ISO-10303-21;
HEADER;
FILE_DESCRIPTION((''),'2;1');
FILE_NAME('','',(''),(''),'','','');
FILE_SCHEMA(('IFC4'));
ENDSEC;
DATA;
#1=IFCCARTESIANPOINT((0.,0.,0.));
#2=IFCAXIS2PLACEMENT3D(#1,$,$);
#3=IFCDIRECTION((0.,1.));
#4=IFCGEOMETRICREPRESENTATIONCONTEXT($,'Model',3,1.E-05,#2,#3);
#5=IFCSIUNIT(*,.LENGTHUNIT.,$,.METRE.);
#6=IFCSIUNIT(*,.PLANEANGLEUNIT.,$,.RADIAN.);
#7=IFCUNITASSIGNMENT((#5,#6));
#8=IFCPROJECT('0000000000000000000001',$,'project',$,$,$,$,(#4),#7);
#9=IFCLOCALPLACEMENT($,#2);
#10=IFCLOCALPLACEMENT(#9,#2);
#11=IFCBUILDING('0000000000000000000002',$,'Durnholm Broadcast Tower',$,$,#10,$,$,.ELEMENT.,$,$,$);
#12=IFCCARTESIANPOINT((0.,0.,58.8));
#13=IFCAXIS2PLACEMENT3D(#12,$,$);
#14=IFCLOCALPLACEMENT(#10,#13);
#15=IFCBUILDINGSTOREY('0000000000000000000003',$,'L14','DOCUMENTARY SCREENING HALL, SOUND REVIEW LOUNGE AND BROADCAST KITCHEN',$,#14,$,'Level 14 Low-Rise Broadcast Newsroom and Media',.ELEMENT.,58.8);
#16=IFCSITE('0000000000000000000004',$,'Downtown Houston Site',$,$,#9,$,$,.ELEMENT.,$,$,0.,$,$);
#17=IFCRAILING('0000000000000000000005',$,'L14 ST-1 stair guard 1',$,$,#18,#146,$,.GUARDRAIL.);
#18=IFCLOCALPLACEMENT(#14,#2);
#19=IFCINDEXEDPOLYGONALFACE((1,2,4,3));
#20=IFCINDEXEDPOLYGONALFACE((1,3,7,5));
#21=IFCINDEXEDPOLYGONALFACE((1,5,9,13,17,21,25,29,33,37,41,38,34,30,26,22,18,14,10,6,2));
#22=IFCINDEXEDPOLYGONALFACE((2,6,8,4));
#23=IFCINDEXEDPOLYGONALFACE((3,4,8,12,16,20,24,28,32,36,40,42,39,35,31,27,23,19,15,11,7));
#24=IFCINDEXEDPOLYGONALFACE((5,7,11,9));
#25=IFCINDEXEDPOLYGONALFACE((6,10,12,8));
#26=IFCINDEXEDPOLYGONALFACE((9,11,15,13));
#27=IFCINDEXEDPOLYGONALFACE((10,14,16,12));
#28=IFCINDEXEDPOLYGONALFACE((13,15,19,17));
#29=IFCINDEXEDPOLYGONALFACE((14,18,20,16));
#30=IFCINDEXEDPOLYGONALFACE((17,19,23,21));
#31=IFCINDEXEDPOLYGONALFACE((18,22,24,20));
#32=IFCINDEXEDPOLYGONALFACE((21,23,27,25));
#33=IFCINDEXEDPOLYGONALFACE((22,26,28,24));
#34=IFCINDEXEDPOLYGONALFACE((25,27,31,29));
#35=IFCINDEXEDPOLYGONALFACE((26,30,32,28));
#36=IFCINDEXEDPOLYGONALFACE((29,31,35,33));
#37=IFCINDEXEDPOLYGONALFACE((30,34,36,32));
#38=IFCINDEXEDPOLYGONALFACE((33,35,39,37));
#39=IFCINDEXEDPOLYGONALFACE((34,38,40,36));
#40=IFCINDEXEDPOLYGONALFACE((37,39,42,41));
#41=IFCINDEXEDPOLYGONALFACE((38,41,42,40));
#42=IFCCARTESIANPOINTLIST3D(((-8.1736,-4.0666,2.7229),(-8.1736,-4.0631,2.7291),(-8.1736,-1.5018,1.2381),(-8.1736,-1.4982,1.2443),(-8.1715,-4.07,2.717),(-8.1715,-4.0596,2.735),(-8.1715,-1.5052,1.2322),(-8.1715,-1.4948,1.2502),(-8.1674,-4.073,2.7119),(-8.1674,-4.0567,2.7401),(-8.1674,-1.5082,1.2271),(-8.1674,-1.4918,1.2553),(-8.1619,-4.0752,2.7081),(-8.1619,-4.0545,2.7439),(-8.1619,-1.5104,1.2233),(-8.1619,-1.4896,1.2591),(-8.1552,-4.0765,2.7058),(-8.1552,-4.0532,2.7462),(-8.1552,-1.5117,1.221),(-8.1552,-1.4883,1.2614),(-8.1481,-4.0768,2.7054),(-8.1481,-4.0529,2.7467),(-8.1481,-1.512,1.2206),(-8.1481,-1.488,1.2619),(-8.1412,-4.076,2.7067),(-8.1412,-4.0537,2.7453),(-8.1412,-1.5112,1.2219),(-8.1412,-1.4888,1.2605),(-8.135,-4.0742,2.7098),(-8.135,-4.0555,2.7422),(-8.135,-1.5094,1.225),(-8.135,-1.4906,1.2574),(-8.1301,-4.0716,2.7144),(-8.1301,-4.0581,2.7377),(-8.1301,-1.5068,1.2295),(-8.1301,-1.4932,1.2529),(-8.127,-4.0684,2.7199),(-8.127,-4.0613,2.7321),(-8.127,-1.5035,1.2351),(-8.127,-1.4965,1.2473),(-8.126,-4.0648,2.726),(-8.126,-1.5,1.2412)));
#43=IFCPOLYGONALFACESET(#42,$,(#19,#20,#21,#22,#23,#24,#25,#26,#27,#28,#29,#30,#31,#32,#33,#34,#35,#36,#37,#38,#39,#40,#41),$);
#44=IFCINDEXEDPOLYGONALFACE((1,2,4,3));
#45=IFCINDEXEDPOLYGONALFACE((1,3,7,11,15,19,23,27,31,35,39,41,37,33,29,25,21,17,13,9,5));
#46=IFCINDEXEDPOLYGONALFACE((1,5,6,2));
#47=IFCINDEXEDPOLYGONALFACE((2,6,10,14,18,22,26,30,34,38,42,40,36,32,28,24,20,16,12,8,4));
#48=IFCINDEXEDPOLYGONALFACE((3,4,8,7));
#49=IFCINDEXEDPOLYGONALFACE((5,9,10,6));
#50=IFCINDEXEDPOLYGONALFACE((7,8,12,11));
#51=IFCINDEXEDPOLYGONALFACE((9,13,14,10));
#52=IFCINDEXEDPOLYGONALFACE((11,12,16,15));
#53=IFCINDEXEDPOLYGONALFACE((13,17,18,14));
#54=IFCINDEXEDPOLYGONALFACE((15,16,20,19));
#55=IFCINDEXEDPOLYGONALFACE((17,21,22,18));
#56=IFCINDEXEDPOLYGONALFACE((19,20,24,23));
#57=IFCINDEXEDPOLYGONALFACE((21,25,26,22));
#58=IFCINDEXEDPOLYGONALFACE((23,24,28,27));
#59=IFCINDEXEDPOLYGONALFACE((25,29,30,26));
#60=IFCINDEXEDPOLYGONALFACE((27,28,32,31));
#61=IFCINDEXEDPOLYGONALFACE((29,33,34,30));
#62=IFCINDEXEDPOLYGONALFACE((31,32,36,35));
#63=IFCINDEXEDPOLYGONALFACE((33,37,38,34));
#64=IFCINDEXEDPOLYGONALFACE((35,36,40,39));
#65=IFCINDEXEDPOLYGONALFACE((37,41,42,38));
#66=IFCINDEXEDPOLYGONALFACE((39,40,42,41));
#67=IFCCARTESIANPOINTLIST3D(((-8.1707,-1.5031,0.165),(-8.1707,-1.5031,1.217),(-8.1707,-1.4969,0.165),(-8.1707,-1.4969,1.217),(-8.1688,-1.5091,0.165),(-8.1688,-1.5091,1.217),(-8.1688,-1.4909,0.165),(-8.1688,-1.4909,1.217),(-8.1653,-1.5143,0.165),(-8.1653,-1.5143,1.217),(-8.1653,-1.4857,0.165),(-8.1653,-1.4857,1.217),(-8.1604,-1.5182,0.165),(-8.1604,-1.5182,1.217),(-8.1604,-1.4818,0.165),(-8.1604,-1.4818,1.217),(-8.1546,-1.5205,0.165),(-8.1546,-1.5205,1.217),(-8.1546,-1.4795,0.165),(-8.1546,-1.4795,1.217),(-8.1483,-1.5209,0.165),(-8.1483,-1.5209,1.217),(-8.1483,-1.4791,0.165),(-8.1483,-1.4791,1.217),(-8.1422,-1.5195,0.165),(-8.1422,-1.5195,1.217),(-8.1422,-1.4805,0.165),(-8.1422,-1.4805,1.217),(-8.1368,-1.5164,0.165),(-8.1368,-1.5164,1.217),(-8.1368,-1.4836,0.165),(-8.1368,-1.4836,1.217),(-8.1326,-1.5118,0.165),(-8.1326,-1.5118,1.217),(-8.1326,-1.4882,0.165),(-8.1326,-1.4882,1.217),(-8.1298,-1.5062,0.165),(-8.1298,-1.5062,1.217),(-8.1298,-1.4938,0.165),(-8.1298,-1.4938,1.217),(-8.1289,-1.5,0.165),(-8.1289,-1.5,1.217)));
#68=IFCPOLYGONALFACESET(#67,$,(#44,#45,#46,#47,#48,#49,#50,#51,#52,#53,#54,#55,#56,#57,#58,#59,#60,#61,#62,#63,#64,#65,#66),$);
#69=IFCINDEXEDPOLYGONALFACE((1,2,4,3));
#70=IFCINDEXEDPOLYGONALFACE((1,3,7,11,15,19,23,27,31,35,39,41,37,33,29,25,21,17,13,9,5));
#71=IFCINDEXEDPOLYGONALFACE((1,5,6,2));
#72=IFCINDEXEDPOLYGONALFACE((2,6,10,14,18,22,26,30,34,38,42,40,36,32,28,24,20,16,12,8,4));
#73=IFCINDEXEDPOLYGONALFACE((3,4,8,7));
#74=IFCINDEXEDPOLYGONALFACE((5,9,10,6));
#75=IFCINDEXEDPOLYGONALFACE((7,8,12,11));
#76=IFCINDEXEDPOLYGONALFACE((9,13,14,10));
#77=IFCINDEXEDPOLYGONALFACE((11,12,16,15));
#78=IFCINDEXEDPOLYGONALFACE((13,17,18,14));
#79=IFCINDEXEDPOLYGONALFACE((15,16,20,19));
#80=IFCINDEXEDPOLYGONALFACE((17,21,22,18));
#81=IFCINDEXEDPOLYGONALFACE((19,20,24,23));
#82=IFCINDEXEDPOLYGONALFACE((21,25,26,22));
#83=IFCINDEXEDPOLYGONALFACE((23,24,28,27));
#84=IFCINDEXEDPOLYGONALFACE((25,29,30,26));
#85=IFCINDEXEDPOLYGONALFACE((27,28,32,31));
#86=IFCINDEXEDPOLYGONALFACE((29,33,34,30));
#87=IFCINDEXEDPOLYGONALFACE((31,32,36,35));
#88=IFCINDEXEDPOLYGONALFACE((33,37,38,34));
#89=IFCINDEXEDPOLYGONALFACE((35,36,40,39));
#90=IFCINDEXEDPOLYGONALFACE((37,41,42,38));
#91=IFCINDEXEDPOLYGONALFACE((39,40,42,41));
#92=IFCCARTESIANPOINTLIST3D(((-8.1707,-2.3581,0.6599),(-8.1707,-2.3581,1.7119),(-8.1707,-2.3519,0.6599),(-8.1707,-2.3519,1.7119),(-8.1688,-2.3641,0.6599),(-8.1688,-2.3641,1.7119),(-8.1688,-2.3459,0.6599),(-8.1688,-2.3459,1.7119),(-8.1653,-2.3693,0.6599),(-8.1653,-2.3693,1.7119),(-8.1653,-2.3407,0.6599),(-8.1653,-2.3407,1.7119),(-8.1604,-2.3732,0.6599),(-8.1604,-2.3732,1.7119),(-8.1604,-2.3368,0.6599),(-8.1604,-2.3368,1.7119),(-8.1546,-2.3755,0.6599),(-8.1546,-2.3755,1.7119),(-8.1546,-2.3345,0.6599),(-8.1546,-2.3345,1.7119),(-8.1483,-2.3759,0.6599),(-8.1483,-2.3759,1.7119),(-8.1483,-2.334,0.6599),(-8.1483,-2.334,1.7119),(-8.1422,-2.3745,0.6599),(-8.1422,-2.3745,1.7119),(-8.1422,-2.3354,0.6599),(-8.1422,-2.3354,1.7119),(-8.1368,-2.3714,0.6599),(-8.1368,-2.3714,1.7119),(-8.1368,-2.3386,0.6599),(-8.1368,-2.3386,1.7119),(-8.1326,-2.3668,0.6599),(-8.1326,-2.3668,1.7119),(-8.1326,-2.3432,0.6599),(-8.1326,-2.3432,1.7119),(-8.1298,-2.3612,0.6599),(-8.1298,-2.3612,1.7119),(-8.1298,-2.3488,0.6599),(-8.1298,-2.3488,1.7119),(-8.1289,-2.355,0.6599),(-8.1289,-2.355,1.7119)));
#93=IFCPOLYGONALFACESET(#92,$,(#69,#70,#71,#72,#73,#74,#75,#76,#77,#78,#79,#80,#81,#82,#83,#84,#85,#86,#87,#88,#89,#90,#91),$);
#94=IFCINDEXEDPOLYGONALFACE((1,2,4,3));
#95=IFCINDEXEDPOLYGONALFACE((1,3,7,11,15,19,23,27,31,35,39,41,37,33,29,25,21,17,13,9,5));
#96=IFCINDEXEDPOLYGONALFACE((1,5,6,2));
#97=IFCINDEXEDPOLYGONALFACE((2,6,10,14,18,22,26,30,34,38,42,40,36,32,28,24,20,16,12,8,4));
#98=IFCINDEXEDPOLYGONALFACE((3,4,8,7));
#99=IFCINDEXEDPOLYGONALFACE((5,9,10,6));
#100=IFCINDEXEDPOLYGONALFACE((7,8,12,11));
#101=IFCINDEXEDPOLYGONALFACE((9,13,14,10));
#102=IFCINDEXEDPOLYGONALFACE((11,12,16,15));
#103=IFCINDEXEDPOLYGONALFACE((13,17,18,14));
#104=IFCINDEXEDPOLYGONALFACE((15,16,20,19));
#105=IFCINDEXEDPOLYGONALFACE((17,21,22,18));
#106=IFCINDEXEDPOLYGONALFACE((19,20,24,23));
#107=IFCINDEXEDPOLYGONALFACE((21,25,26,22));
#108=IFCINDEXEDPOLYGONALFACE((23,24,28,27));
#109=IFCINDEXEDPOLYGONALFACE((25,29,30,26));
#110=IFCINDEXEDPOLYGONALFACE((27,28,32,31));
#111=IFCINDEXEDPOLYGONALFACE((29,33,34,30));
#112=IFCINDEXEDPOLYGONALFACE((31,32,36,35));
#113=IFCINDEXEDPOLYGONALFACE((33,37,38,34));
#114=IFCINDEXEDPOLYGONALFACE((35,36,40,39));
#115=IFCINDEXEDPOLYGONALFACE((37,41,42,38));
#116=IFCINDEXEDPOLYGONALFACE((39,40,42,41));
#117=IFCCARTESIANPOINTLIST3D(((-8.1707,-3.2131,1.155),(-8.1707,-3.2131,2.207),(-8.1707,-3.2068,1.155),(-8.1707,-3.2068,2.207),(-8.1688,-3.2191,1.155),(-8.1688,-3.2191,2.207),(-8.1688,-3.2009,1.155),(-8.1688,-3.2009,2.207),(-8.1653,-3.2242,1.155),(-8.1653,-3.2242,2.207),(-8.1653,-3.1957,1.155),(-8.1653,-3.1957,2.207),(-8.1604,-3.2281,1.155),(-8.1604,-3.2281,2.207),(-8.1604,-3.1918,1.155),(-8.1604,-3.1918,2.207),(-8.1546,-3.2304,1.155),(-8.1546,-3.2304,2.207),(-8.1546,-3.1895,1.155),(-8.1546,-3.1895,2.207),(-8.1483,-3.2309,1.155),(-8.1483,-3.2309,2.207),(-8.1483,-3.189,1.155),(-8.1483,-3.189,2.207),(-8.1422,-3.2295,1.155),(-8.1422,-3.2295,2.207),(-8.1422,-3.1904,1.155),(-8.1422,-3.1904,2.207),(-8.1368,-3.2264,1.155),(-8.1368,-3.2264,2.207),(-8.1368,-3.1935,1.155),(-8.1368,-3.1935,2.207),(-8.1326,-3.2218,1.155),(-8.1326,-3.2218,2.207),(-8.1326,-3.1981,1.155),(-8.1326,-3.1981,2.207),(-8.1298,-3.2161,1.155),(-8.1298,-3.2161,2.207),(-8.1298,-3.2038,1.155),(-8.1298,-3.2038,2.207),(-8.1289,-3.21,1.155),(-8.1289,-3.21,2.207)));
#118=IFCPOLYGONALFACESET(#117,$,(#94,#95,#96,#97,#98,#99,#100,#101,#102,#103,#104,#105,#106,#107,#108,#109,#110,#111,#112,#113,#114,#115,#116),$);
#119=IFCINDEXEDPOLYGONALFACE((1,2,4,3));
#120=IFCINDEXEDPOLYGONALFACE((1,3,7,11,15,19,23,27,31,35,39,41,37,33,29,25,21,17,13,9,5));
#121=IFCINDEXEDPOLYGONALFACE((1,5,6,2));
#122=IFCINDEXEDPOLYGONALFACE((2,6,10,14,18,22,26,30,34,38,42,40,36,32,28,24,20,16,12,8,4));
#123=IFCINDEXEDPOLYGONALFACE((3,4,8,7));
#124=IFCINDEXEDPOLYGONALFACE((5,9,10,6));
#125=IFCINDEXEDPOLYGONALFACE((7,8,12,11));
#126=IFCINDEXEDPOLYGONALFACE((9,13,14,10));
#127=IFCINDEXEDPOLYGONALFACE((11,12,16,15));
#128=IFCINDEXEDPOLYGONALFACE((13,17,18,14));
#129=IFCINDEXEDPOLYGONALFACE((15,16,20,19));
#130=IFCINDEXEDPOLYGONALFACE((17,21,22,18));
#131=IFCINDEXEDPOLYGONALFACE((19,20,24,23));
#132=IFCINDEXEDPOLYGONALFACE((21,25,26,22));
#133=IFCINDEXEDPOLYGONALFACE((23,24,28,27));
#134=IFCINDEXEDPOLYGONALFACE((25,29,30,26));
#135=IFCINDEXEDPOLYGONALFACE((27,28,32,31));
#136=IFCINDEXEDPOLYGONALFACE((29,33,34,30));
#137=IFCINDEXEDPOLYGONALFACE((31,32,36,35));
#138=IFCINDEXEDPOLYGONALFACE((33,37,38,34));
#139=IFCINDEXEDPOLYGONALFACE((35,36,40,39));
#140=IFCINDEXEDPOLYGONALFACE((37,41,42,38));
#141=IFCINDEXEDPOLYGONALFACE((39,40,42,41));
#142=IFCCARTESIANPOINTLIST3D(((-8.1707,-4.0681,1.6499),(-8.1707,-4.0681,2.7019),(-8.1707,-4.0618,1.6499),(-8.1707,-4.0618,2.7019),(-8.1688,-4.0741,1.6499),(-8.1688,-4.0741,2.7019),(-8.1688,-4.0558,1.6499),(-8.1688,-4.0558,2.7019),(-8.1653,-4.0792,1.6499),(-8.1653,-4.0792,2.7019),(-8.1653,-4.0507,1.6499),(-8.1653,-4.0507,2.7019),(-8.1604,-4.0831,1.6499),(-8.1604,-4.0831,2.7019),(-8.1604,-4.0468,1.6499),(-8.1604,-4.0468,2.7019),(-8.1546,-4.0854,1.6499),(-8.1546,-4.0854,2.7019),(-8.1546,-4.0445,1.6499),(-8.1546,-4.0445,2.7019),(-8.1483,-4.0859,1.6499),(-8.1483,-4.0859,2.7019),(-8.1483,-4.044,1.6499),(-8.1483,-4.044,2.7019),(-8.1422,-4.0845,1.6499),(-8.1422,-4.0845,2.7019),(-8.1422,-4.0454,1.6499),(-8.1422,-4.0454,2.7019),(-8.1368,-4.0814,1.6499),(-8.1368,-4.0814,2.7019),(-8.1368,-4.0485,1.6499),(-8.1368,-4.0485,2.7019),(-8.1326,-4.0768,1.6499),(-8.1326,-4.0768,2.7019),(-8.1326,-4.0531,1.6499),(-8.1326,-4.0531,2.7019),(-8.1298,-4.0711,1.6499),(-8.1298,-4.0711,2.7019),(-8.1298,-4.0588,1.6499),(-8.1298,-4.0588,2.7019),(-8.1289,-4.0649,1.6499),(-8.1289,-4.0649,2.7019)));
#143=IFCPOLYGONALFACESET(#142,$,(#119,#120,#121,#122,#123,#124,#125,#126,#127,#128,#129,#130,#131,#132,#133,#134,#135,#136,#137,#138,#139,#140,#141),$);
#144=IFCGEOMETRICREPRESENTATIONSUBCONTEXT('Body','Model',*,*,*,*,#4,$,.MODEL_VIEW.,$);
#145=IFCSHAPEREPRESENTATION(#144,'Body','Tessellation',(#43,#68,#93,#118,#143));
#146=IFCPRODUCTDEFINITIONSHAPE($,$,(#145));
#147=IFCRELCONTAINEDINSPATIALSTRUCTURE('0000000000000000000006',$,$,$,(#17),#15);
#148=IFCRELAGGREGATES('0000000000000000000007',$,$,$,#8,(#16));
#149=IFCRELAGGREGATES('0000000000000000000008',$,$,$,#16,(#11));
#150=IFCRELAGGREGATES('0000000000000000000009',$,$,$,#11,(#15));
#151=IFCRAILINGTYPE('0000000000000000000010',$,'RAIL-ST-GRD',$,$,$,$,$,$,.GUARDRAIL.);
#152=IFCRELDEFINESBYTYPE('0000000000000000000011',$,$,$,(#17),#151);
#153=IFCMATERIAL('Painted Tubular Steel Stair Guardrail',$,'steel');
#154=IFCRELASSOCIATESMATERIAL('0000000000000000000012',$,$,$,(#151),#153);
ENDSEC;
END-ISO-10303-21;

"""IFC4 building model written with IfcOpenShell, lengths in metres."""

from ifc_helpers import new_model, si_unit, direction, frame, origin, origin_2d, place, context, subcontext, project, spatial, circle, extrude, material, type_object, element, save


model = new_model("IFC4")

# Units and contexts
model_context = context("Model", 3, precision=1e-05, world=origin(), true_north=direction((0.0, 1.0)))
body_context = subcontext(model_context, "Body", "Model", "MODEL_VIEW")
ifc_project = project(units=[si_unit("LENGTHUNIT", "METRE"), si_unit("PLANEANGLEUNIT", "RADIAN")], contexts=[model_context])

# Site, building, storey
site_placement = place(None, origin())
site = spatial("IfcSite", under=ifc_project, at=site_placement, Name="Downtown Houston Site", CompositionType="ELEMENT", RefElevation=0.0)
building_placement = place(site_placement, origin())
building = spatial("IfcBuilding", under=site, at=building_placement, Name="Durnholm Broadcast Tower", CompositionType="ELEMENT")
storey_placement = place(building_placement, frame((0.0, 0.0, 58.8)))
storey = spatial("IfcBuildingStorey", under=building, at=storey_placement, Name="L14", Description="DOCUMENTARY SCREENING HALL, SOUND REVIEW LOUNGE AND BROADCAST KITCHEN", LongName="Level 14 Low-Rise Broadcast Newsroom and Media", CompositionType="ELEMENT", Elevation=58.8)

# Railing
ifc_material_1 = material(Name="Painted Tubular Steel Stair Guardrail", Category="steel")
railing_type_1 = type_object("IfcRailingType", Name="RAIL-ST-GRD", PredefinedType="GUARDRAIL", material=ifc_material_1)
railing_1_placement = place(storey_placement, frame((-8.1499, -1.5, 0.165)))
element("IfcRailing", 1, at=railing_1_placement, inside=storey, type_object=railing_type_1, Name="L14 ST-1 stair guard 1", PredefinedType="GUARDRAIL", context=body_context, shape_type="SweptSolid", body=[
    extrude(circle(Radius=0.0239, at=origin_2d()), frame((0.0, 0.0, 1.0762), z_axis=(0.0, -0.865441, 0.50101), x_axis=(1.0, 0.0, 0.0)), (0.0, 0.0, 1.0), 2.9636),
    extrude(circle(Radius=0.021, at=origin_2d()), origin(), (0.0, 0.0, 1.0), 1.052),
    extrude(circle(Radius=0.021, at=origin_2d()), frame((0.0, -0.855, 0.4949)), (0.0, 0.0, 1.0), 1.052),
    extrude(circle(Radius=0.021, at=origin_2d()), frame((0.0, -1.71, 0.99)), (0.0, 0.0, 1.0), 1.052),
    extrude(circle(Radius=0.021, at=origin_2d()), frame((0.0, -2.5649, 1.4849)), (0.0, 0.0, 1.0), 1.052),
])

save(model, "model.ifc")
